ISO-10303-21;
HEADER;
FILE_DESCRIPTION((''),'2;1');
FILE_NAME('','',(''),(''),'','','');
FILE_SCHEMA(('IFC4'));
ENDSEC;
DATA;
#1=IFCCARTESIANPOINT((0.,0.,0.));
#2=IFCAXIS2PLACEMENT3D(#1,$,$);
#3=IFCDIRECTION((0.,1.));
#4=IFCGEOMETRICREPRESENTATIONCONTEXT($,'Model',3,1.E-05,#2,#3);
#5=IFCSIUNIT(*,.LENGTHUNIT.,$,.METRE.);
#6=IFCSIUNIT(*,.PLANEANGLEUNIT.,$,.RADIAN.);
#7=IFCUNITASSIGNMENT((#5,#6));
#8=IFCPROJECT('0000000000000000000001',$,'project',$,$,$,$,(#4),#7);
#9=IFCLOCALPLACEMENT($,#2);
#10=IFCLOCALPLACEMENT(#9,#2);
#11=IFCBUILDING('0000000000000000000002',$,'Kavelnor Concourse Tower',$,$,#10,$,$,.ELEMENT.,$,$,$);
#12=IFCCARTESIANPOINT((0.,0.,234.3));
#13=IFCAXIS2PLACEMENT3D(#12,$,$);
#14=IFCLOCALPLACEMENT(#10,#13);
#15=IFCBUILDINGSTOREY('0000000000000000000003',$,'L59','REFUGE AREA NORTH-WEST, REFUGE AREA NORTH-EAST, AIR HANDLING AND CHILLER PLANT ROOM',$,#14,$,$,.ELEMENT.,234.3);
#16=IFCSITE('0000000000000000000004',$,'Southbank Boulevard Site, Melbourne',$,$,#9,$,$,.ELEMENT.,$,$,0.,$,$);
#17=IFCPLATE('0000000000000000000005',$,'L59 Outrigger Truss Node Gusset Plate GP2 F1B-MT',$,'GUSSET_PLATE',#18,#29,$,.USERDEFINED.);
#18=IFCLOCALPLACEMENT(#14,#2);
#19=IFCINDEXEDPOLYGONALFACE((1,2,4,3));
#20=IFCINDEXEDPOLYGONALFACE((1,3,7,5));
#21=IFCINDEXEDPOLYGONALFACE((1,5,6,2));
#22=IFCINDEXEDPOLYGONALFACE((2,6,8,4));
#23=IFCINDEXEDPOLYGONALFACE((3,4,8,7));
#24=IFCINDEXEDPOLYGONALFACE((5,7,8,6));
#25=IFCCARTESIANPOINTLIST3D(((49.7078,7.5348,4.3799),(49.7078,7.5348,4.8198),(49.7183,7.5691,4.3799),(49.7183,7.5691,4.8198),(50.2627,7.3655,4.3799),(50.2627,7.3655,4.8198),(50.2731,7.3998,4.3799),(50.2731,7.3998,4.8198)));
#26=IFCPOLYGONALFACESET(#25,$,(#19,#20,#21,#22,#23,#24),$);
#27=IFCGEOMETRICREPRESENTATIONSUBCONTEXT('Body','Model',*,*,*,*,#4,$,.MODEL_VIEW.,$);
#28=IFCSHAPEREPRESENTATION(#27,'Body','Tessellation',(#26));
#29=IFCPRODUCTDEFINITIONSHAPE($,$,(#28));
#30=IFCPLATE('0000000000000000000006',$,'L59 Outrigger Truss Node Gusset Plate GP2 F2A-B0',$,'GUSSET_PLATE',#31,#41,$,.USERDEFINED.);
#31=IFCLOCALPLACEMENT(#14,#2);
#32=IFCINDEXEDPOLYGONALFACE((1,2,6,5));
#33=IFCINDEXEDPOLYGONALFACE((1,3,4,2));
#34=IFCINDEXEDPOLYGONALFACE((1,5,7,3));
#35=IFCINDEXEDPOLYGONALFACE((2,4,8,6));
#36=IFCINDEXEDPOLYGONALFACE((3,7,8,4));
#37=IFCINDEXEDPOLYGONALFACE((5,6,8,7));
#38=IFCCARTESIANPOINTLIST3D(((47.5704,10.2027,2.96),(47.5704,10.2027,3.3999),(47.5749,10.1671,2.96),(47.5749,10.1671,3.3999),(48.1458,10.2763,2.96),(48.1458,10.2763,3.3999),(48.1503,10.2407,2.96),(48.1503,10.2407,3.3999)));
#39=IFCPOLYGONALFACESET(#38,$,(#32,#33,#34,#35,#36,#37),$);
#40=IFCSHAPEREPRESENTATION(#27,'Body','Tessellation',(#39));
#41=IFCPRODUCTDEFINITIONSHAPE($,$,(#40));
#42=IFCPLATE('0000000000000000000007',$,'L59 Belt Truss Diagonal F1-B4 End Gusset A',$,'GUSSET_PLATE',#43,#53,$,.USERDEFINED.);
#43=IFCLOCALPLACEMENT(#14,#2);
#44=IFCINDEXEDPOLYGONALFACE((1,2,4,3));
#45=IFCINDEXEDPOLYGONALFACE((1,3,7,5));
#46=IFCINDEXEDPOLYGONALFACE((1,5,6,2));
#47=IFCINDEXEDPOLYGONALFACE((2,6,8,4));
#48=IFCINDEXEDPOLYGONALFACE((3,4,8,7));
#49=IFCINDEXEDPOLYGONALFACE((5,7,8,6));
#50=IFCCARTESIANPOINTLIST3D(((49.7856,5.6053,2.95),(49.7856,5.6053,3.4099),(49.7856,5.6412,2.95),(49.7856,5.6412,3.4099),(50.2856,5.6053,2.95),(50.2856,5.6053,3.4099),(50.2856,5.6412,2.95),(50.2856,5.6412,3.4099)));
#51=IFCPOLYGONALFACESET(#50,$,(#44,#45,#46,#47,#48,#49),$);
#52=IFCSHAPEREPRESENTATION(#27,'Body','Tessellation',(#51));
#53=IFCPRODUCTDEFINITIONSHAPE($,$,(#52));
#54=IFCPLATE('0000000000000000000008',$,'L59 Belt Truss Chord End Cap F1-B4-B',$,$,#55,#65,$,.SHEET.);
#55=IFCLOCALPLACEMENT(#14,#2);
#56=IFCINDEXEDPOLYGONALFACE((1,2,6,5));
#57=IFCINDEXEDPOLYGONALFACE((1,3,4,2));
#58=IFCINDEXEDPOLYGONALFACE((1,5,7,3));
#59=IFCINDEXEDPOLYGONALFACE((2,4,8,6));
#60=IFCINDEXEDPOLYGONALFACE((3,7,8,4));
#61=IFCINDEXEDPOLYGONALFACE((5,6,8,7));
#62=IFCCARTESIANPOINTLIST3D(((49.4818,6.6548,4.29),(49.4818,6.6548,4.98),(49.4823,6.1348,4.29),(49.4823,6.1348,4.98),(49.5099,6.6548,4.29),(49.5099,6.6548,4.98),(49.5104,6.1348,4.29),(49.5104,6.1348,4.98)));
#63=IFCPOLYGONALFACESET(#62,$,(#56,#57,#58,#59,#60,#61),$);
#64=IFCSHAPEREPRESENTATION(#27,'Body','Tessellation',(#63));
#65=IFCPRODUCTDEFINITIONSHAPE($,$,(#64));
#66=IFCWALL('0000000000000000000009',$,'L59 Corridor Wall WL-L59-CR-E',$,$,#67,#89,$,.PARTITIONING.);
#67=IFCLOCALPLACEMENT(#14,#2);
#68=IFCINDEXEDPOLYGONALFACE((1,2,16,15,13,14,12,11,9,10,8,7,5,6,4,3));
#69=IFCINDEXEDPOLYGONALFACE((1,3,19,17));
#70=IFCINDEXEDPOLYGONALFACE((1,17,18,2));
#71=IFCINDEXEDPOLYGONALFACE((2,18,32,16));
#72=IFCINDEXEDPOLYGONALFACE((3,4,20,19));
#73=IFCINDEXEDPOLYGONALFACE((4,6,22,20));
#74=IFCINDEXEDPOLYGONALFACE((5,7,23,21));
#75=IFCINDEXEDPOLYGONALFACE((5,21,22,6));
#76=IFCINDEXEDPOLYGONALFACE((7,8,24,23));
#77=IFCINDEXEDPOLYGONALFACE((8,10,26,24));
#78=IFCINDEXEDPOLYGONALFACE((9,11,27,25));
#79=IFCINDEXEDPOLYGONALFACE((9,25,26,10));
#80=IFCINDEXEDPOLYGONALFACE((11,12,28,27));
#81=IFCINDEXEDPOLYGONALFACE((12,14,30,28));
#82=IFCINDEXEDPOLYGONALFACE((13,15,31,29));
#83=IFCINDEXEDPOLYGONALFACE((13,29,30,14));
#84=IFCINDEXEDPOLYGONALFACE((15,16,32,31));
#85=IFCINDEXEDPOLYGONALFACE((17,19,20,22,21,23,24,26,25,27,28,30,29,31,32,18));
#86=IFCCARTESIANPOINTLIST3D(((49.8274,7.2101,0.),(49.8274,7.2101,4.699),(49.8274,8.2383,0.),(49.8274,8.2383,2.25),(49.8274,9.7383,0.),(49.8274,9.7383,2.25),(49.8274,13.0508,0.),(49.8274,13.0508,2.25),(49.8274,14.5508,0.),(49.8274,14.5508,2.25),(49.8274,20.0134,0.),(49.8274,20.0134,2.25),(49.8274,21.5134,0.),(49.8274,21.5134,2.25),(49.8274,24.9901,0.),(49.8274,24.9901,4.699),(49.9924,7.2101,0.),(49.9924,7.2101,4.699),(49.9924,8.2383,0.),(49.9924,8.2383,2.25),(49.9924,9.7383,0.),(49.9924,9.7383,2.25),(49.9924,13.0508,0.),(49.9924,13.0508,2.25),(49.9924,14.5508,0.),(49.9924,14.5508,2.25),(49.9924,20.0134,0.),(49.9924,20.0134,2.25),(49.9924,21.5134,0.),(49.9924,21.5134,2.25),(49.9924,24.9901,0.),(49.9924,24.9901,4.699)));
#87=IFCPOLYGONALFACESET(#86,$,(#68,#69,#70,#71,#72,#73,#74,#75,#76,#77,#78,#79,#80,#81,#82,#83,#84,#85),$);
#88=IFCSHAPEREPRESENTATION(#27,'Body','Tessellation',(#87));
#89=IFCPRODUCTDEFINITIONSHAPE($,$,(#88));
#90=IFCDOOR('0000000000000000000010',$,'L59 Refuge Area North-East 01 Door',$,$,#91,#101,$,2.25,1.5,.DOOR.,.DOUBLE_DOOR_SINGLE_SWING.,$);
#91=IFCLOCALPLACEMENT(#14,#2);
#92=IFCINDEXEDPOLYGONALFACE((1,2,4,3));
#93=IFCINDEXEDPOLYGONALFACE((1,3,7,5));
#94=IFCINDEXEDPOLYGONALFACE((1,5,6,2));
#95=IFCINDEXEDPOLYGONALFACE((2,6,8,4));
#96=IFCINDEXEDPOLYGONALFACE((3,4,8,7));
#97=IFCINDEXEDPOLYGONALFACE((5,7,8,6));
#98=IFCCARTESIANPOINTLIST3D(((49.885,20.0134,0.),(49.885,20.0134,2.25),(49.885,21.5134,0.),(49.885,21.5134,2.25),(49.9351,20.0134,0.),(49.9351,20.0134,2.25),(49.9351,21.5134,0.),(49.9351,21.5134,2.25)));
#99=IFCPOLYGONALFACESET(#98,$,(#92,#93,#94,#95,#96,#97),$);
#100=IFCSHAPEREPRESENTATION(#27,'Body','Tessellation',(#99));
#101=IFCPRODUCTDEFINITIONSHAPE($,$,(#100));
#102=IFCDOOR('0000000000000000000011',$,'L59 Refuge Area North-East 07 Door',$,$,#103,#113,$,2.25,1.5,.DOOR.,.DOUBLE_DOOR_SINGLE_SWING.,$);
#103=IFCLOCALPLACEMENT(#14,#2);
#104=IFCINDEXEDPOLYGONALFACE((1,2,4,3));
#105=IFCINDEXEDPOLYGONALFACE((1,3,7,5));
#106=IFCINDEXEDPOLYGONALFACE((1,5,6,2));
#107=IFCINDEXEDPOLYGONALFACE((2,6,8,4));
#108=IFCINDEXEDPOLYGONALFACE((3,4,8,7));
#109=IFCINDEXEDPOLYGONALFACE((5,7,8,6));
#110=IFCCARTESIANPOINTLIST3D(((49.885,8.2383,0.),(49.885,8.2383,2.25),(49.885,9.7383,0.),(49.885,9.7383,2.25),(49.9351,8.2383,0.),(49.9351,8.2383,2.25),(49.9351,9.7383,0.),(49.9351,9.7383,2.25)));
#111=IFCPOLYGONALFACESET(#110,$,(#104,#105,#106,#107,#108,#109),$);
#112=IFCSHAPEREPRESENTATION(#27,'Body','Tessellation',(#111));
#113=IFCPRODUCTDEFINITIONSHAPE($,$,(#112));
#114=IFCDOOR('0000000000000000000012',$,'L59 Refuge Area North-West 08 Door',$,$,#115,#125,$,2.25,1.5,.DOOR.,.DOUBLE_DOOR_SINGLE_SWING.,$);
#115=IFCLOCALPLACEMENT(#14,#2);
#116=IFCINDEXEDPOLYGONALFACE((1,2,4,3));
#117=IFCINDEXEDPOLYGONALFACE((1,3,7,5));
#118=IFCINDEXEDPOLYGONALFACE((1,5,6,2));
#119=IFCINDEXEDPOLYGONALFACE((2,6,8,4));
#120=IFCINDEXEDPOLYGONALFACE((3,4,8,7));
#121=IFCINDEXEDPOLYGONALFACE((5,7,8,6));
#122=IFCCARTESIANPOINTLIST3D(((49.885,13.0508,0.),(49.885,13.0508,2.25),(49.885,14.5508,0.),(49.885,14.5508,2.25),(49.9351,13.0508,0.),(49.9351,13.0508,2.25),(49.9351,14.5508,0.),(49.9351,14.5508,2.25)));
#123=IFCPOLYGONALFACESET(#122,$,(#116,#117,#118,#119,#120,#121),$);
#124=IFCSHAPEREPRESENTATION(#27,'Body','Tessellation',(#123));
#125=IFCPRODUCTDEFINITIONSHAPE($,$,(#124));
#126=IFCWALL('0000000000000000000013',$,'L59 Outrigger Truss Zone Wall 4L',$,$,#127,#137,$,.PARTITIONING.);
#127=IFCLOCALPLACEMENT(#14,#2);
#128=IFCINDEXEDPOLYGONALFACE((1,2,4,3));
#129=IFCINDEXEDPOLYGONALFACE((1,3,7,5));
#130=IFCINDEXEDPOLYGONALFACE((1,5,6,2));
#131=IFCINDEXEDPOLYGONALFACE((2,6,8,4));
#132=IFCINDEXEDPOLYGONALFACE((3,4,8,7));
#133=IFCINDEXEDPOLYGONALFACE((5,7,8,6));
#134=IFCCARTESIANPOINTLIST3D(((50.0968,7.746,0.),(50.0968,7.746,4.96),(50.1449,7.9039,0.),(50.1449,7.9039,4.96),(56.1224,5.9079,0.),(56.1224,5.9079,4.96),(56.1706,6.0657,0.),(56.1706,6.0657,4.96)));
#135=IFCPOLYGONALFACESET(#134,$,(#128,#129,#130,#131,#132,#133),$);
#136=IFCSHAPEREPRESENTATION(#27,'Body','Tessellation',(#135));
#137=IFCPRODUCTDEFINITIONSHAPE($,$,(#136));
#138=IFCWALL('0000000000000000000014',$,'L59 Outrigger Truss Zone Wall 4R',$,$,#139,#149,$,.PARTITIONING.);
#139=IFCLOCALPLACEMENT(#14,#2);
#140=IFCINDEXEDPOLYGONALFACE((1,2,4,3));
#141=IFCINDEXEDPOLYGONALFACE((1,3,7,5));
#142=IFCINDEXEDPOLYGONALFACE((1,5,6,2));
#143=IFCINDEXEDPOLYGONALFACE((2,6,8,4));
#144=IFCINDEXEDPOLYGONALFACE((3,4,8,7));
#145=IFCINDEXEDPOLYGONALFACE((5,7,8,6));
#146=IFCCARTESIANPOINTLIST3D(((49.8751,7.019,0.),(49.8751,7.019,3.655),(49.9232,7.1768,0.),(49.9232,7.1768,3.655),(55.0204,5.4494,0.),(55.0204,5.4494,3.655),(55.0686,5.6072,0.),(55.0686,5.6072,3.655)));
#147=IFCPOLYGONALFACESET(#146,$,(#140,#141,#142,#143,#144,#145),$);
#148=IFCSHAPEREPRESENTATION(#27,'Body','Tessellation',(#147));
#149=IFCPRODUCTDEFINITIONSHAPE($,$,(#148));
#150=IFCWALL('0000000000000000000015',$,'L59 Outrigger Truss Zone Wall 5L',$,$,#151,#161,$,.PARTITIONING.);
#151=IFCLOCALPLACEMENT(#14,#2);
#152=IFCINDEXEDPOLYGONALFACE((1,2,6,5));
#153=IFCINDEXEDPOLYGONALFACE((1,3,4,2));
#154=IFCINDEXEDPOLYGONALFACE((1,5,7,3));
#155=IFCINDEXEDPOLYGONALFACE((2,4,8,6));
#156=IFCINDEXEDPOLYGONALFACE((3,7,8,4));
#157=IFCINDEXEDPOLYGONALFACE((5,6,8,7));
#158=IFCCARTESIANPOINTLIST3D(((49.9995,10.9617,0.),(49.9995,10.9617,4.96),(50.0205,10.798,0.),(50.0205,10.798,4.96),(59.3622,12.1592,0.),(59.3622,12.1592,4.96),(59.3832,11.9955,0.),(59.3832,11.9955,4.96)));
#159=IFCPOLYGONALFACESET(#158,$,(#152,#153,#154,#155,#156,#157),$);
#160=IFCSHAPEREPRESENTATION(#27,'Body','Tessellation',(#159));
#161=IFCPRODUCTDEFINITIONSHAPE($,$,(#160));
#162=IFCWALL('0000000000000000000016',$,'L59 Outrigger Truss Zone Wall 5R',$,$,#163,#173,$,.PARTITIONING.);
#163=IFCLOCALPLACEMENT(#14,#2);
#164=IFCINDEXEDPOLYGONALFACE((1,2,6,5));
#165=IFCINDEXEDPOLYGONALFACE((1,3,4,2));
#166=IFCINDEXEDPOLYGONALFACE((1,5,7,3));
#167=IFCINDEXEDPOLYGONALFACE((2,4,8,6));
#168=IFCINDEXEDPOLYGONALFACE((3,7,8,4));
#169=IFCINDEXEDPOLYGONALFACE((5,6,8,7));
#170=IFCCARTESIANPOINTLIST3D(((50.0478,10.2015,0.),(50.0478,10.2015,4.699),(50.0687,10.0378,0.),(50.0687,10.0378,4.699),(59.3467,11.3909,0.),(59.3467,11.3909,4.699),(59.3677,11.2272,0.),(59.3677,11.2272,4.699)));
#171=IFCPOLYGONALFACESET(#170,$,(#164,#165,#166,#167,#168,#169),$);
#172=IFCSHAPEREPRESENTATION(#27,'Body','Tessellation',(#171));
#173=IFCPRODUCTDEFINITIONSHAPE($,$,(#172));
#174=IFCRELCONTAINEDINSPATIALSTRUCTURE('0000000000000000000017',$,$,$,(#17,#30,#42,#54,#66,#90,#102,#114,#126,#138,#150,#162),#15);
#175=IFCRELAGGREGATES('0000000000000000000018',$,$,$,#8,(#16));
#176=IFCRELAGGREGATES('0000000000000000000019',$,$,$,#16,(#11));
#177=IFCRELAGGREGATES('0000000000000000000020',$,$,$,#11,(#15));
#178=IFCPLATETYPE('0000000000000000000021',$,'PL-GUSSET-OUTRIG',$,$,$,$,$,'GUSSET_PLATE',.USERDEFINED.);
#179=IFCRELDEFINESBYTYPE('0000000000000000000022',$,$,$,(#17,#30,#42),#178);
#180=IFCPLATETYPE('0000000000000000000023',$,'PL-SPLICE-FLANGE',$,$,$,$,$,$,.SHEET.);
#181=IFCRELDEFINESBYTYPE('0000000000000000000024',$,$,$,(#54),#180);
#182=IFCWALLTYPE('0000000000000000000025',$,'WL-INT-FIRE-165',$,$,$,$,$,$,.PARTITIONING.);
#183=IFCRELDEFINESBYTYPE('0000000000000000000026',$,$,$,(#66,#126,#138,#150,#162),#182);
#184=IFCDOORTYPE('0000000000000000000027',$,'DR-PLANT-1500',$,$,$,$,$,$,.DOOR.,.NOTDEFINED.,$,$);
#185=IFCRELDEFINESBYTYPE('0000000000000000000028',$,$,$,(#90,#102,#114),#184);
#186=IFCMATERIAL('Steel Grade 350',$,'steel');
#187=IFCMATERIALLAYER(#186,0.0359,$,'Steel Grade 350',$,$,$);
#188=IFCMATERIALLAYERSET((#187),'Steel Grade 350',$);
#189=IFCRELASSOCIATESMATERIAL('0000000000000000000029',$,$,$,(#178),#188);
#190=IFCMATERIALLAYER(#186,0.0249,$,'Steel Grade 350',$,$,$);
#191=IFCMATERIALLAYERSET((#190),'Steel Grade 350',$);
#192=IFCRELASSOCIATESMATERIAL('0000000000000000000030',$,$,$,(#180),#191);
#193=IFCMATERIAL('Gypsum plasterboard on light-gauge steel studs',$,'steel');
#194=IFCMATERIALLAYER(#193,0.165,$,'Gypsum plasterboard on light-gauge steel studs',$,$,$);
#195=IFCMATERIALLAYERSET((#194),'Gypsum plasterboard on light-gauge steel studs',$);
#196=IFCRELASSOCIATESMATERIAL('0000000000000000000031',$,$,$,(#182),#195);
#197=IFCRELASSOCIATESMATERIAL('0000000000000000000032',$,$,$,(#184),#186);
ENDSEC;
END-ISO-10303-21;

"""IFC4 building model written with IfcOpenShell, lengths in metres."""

from ifc_helpers import new_model, si_unit, direction, frame, frame_2d, origin, origin_2d, place, context, subcontext, project, spatial, rectangle, extrude, material, layer, layer_set, type_object, element, fill, save


model = new_model("IFC4")

# Units and contexts
model_context = context("Model", 3, precision=1e-05, world=origin(), true_north=direction((0.0, 1.0)))
body_context = subcontext(model_context, "Body", "Model", "MODEL_VIEW")
ifc_project = project(units=[si_unit("LENGTHUNIT", "METRE"), si_unit("PLANEANGLEUNIT", "RADIAN")], contexts=[model_context])

# Site, building, storey
site_placement = place(None, origin())
site = spatial("IfcSite", under=ifc_project, at=site_placement, Name="Southbank Boulevard Site, Melbourne", CompositionType="ELEMENT", RefElevation=0.0)
building_placement = place(site_placement, origin())
building = spatial("IfcBuilding", under=site, at=building_placement, Name="Kavelnor Concourse Tower", CompositionType="ELEMENT")
storey_placement = place(building_placement, frame((0.0, 0.0, 234.3)))
storey = spatial("IfcBuildingStorey", under=building, at=storey_placement, Name="L59", Description="REFUGE AREA NORTH-WEST, REFUGE AREA NORTH-EAST, AIR HANDLING AND CHILLER PLANT ROOM", CompositionType="ELEMENT", Elevation=234.3)

# Shared definitions
ifc_material_1 = material(Name="Steel Grade 350", Category="steel")

# Plates
ifc_layer_1 = layer(ifc_material_1, 0.0359, Name="Steel Grade 350")
ifc_layer_set_1 = layer_set([ifc_layer_1], Name="Steel Grade 350")
plate_type_1 = type_object("IfcPlateType", Name="PL-GUSSET-OUTRIG", ElementType="GUSSET_PLATE", PredefinedType="USERDEFINED", material=ifc_layer_set_1)
for number, where, z_axis, x_axis, name in (
    (1, (49.9905, 7.4673, 4.3799), (0.0, 0.0, 1.0), (0.956458, -0.291871, 0.0), "L59 Outrigger Truss Node Gusset Plate GP2 F1B-MT"),
    (2, (47.8604, 10.2217, 2.96), (0.0, 0.0, 1.0), (0.991917, 0.126891, 0.0), "L59 Outrigger Truss Node Gusset Plate GP2 F2A-B0"),
):
    element("IfcPlate", number, at=place(storey_placement, frame(where, z_axis=z_axis, x_axis=x_axis)), inside=storey, type_object=plate_type_1, Name=name, ObjectType="GUSSET_PLATE", PredefinedType="USERDEFINED", context=body_context, shape_type="SweptSolid", body=[
        extrude(rectangle(XDim=0.5801, YDim=0.0359, at=origin_2d()), origin(), (0.0, 0.0, 1.0), 0.4399),
    ])
plate_1_placement = place(storey_placement, frame((50.0356, 5.6233, 2.95), z_axis=(0.0, 0.0, 1.0), x_axis=(-1.0, 0.0, 0.0)))
element("IfcPlate", 3, at=plate_1_placement, inside=storey, type_object=plate_type_1, Name="L59 Belt Truss Diagonal F1-B4 End Gusset A", ObjectType="GUSSET_PLATE", PredefinedType="USERDEFINED", context=body_context, shape_type="SweptSolid", body=[
    extrude(rectangle(XDim=0.5, YDim=0.0359, at=origin_2d()), origin(), (0.0, 0.0, 1.0), 0.46),
])
ifc_layer_2 = layer(ifc_material_1, 0.0249, Name="Steel Grade 350")
ifc_layer_set_2 = layer_set([ifc_layer_2], Name="Steel Grade 350")
plate_type_2 = type_object("IfcPlateType", Name="PL-SPLICE-FLANGE", PredefinedType="SHEET", material=ifc_layer_set_2)
plate_2_placement = place(storey_placement, frame((49.4961, 6.3948, 4.29), z_axis=(0.0, 0.0, 1.0), x_axis=(-0.000873, 1.0, 0.0)))
element("IfcPlate", 4, at=plate_2_placement, inside=storey, type_object=plate_type_2, Name="L59 Belt Truss Chord End Cap F1-B4-B", PredefinedType="SHEET", context=body_context, shape_type="SweptSolid", body=[
    extrude(rectangle(XDim=0.52, YDim=0.0281, at=origin_2d()), origin(), (0.0, 0.0, 1.0), 0.6899),
])

# Wall, openings, doors
ifc_material_2 = material(Name="Gypsum plasterboard on light-gauge steel studs", Category="steel")
ifc_layer_3 = layer(ifc_material_2, 0.165, Name="Gypsum plasterboard on light-gauge steel studs")
ifc_layer_set_3 = layer_set([ifc_layer_3], Name="Gypsum plasterboard on light-gauge steel studs")
wall_type = type_object("IfcWallType", Name="WL-INT-FIRE-165", PredefinedType="PARTITIONING", material=ifc_layer_set_3)
wall_1_placement = place(storey_placement, frame((49.9099, 7.21, 0.0), z_axis=(0.0, 0.0, 1.0), x_axis=(0.0, 1.0, 0.0)))
wall_1 = element("IfcWall", 5, at=wall_1_placement, inside=storey, type_object=wall_type, Name="L59 Corridor Wall WL-L59-CR-E", PredefinedType="PARTITIONING", context=body_context, shape_type="SweptSolid", body=[
    extrude(rectangle(XDim=17.78, YDim=0.165, at=frame_2d((8.8901, 0.0))), origin(), (0.0, 0.0, 1.0), 4.699),
])
opening_1_placement = place(wall_1_placement, frame((12.8035, 0.0, 0.0)))
opening_1 = element("IfcOpeningElement", 6, at=opening_1_placement, cuts=wall_1, PredefinedType="OPENING", context=body_context, shape_type="SweptSolid", body=[
    extrude(rectangle(XDim=1.5, YDim=2.25, at=frame_2d((0.75, 1.125))), frame((0.0, 0.0925, 0.0), z_axis=(0.0, -1.0, 0.0), x_axis=(1.0, 0.0, 0.0)), (0.0, 0.0, 1.0), 0.1851),
])
opening_2_placement = place(wall_1_placement, frame((1.0283, 0.0, 0.0)))
opening_2 = element("IfcOpeningElement", 7, at=opening_2_placement, cuts=wall_1, PredefinedType="OPENING", context=body_context, shape_type="SweptSolid", body=[
    extrude(rectangle(XDim=1.5, YDim=2.25, at=frame_2d((0.75, 1.125))), frame((0.0, 0.0925, 0.0), z_axis=(0.0, -1.0, 0.0), x_axis=(1.0, 0.0, 0.0)), (0.0, 0.0, 1.0), 0.1851),
])
opening_3_placement = place(wall_1_placement, frame((5.8408, 0.0, 0.0)))
opening_3 = element("IfcOpeningElement", 8, at=opening_3_placement, cuts=wall_1, PredefinedType="OPENING", context=body_context, shape_type="SweptSolid", body=[
    extrude(rectangle(XDim=1.5, YDim=2.25, at=frame_2d((0.75, 1.125))), frame((0.0, 0.0925, 0.0), z_axis=(0.0, -1.0, 0.0), x_axis=(1.0, 0.0, 0.0)), (0.0, 0.0, 1.0), 0.1851),
])
door_type = type_object("IfcDoorType", Name="DR-PLANT-1500", OperationType="NOTDEFINED", PredefinedType="DOOR", material=ifc_material_1)
door_1_placement = place(opening_1_placement, origin())
door_1 = element("IfcDoor", 9, at=door_1_placement, inside=storey, type_object=door_type, Name="L59 Refuge Area North-East 01 Door", OperationType="DOUBLE_DOOR_SINGLE_SWING", OverallHeight=2.25, OverallWidth=1.5, PredefinedType="DOOR", context=body_context, shape_type="SweptSolid", body=[
    extrude(rectangle(XDim=1.5, YDim=2.25, at=frame_2d((0.75, 1.125))), frame((0.0, 0.0249, 0.0), z_axis=(0.0, -1.0, 0.0), x_axis=(1.0, 0.0, 0.0)), (0.0, 0.0, 1.0), 0.05),
])
fill(opening_1, door_1)
door_2_placement = place(opening_2_placement, origin())
door_2 = element("IfcDoor", 10, at=door_2_placement, inside=storey, type_object=door_type, Name="L59 Refuge Area North-East 07 Door", OperationType="DOUBLE_DOOR_SINGLE_SWING", OverallHeight=2.25, OverallWidth=1.5, PredefinedType="DOOR", context=body_context, shape_type="SweptSolid", body=[
    extrude(rectangle(XDim=1.5, YDim=2.25, at=frame_2d((0.75, 1.125))), frame((0.0, 0.0249, 0.0), z_axis=(0.0, -1.0, 0.0), x_axis=(1.0, 0.0, 0.0)), (0.0, 0.0, 1.0), 0.05),
])
fill(opening_2, door_2)
door_3_placement = place(opening_3_placement, origin())
door_3 = element("IfcDoor", 11, at=door_3_placement, inside=storey, type_object=door_type, Name="L59 Refuge Area North-West 08 Door", OperationType="DOUBLE_DOOR_SINGLE_SWING", OverallHeight=2.25, OverallWidth=1.5, PredefinedType="DOOR", context=body_context, shape_type="SweptSolid", body=[
    extrude(rectangle(XDim=1.5, YDim=2.25, at=frame_2d((0.75, 1.125))), frame((0.0, 0.0249, 0.0), z_axis=(0.0, -1.0, 0.0), x_axis=(1.0, 0.0, 0.0)), (0.0, 0.0, 1.0), 0.05),
])
fill(opening_3, door_3)

# Walls
wall_2_placement = place(storey_placement, frame((50.1208, 7.825, 0.0), z_axis=(0.0, 0.0, 1.0), x_axis=(0.956486, -0.291778, 0.0)))
element("IfcWall", 12, at=wall_2_placement, inside=storey, type_object=wall_type, Name="L59 Outrigger Truss Zone Wall 4L", PredefinedType="PARTITIONING", context=body_context, shape_type="SweptSolid", body=[
    extrude(rectangle(XDim=6.2998, YDim=0.165, at=frame_2d((3.1499, 0.0))), origin(), (0.0, 0.0, 1.0), 4.96),
])
wall_3_placement = place(storey_placement, frame((49.8992, 7.0979, 0.0), z_axis=(0.0, 0.0, 1.0), x_axis=(0.956486, -0.291779, 0.0)))
element("IfcWall", 13, at=wall_3_placement, inside=storey, type_object=wall_type, Name="L59 Outrigger Truss Zone Wall 4R", PredefinedType="PARTITIONING", context=body_context, shape_type="SweptSolid", body=[
    extrude(rectangle(XDim=5.3794, YDim=0.165, at=frame_2d((2.6897, 0.0))), origin(), (0.0, 0.0, 1.0), 3.655),
])
wall_4_placement = place(storey_placement, frame((50.01, 10.8799, 0.0), z_axis=(0.0, 0.0, 1.0), x_axis=(0.99192, 0.126867, 0.0)))
element("IfcWall", 14, at=wall_4_placement, inside=storey, type_object=wall_type, Name="L59 Outrigger Truss Zone Wall 5L", PredefinedType="PARTITIONING", context=body_context, shape_type="SweptSolid", body=[
    extrude(rectangle(XDim=9.439, YDim=0.165, at=frame_2d((4.7195, 0.0))), origin(), (0.0, 0.0, 1.0), 4.96),
])
wall_5_placement = place(storey_placement, frame((50.0581, 10.1196, 0.0), z_axis=(0.0, 0.0, 1.0), x_axis=(0.991918, 0.126877, 0.0)))
element("IfcWall", 15, at=wall_5_placement, inside=storey, type_object=wall_type, Name="L59 Outrigger Truss Zone Wall 5R", PredefinedType="PARTITIONING", context=body_context, shape_type="SweptSolid", body=[
    extrude(rectangle(XDim=9.3748, YDim=0.165, at=frame_2d((4.6875, 0.0))), origin(), (0.0, 0.0, 1.0), 4.699),
])

save(model, "model.ifc")
